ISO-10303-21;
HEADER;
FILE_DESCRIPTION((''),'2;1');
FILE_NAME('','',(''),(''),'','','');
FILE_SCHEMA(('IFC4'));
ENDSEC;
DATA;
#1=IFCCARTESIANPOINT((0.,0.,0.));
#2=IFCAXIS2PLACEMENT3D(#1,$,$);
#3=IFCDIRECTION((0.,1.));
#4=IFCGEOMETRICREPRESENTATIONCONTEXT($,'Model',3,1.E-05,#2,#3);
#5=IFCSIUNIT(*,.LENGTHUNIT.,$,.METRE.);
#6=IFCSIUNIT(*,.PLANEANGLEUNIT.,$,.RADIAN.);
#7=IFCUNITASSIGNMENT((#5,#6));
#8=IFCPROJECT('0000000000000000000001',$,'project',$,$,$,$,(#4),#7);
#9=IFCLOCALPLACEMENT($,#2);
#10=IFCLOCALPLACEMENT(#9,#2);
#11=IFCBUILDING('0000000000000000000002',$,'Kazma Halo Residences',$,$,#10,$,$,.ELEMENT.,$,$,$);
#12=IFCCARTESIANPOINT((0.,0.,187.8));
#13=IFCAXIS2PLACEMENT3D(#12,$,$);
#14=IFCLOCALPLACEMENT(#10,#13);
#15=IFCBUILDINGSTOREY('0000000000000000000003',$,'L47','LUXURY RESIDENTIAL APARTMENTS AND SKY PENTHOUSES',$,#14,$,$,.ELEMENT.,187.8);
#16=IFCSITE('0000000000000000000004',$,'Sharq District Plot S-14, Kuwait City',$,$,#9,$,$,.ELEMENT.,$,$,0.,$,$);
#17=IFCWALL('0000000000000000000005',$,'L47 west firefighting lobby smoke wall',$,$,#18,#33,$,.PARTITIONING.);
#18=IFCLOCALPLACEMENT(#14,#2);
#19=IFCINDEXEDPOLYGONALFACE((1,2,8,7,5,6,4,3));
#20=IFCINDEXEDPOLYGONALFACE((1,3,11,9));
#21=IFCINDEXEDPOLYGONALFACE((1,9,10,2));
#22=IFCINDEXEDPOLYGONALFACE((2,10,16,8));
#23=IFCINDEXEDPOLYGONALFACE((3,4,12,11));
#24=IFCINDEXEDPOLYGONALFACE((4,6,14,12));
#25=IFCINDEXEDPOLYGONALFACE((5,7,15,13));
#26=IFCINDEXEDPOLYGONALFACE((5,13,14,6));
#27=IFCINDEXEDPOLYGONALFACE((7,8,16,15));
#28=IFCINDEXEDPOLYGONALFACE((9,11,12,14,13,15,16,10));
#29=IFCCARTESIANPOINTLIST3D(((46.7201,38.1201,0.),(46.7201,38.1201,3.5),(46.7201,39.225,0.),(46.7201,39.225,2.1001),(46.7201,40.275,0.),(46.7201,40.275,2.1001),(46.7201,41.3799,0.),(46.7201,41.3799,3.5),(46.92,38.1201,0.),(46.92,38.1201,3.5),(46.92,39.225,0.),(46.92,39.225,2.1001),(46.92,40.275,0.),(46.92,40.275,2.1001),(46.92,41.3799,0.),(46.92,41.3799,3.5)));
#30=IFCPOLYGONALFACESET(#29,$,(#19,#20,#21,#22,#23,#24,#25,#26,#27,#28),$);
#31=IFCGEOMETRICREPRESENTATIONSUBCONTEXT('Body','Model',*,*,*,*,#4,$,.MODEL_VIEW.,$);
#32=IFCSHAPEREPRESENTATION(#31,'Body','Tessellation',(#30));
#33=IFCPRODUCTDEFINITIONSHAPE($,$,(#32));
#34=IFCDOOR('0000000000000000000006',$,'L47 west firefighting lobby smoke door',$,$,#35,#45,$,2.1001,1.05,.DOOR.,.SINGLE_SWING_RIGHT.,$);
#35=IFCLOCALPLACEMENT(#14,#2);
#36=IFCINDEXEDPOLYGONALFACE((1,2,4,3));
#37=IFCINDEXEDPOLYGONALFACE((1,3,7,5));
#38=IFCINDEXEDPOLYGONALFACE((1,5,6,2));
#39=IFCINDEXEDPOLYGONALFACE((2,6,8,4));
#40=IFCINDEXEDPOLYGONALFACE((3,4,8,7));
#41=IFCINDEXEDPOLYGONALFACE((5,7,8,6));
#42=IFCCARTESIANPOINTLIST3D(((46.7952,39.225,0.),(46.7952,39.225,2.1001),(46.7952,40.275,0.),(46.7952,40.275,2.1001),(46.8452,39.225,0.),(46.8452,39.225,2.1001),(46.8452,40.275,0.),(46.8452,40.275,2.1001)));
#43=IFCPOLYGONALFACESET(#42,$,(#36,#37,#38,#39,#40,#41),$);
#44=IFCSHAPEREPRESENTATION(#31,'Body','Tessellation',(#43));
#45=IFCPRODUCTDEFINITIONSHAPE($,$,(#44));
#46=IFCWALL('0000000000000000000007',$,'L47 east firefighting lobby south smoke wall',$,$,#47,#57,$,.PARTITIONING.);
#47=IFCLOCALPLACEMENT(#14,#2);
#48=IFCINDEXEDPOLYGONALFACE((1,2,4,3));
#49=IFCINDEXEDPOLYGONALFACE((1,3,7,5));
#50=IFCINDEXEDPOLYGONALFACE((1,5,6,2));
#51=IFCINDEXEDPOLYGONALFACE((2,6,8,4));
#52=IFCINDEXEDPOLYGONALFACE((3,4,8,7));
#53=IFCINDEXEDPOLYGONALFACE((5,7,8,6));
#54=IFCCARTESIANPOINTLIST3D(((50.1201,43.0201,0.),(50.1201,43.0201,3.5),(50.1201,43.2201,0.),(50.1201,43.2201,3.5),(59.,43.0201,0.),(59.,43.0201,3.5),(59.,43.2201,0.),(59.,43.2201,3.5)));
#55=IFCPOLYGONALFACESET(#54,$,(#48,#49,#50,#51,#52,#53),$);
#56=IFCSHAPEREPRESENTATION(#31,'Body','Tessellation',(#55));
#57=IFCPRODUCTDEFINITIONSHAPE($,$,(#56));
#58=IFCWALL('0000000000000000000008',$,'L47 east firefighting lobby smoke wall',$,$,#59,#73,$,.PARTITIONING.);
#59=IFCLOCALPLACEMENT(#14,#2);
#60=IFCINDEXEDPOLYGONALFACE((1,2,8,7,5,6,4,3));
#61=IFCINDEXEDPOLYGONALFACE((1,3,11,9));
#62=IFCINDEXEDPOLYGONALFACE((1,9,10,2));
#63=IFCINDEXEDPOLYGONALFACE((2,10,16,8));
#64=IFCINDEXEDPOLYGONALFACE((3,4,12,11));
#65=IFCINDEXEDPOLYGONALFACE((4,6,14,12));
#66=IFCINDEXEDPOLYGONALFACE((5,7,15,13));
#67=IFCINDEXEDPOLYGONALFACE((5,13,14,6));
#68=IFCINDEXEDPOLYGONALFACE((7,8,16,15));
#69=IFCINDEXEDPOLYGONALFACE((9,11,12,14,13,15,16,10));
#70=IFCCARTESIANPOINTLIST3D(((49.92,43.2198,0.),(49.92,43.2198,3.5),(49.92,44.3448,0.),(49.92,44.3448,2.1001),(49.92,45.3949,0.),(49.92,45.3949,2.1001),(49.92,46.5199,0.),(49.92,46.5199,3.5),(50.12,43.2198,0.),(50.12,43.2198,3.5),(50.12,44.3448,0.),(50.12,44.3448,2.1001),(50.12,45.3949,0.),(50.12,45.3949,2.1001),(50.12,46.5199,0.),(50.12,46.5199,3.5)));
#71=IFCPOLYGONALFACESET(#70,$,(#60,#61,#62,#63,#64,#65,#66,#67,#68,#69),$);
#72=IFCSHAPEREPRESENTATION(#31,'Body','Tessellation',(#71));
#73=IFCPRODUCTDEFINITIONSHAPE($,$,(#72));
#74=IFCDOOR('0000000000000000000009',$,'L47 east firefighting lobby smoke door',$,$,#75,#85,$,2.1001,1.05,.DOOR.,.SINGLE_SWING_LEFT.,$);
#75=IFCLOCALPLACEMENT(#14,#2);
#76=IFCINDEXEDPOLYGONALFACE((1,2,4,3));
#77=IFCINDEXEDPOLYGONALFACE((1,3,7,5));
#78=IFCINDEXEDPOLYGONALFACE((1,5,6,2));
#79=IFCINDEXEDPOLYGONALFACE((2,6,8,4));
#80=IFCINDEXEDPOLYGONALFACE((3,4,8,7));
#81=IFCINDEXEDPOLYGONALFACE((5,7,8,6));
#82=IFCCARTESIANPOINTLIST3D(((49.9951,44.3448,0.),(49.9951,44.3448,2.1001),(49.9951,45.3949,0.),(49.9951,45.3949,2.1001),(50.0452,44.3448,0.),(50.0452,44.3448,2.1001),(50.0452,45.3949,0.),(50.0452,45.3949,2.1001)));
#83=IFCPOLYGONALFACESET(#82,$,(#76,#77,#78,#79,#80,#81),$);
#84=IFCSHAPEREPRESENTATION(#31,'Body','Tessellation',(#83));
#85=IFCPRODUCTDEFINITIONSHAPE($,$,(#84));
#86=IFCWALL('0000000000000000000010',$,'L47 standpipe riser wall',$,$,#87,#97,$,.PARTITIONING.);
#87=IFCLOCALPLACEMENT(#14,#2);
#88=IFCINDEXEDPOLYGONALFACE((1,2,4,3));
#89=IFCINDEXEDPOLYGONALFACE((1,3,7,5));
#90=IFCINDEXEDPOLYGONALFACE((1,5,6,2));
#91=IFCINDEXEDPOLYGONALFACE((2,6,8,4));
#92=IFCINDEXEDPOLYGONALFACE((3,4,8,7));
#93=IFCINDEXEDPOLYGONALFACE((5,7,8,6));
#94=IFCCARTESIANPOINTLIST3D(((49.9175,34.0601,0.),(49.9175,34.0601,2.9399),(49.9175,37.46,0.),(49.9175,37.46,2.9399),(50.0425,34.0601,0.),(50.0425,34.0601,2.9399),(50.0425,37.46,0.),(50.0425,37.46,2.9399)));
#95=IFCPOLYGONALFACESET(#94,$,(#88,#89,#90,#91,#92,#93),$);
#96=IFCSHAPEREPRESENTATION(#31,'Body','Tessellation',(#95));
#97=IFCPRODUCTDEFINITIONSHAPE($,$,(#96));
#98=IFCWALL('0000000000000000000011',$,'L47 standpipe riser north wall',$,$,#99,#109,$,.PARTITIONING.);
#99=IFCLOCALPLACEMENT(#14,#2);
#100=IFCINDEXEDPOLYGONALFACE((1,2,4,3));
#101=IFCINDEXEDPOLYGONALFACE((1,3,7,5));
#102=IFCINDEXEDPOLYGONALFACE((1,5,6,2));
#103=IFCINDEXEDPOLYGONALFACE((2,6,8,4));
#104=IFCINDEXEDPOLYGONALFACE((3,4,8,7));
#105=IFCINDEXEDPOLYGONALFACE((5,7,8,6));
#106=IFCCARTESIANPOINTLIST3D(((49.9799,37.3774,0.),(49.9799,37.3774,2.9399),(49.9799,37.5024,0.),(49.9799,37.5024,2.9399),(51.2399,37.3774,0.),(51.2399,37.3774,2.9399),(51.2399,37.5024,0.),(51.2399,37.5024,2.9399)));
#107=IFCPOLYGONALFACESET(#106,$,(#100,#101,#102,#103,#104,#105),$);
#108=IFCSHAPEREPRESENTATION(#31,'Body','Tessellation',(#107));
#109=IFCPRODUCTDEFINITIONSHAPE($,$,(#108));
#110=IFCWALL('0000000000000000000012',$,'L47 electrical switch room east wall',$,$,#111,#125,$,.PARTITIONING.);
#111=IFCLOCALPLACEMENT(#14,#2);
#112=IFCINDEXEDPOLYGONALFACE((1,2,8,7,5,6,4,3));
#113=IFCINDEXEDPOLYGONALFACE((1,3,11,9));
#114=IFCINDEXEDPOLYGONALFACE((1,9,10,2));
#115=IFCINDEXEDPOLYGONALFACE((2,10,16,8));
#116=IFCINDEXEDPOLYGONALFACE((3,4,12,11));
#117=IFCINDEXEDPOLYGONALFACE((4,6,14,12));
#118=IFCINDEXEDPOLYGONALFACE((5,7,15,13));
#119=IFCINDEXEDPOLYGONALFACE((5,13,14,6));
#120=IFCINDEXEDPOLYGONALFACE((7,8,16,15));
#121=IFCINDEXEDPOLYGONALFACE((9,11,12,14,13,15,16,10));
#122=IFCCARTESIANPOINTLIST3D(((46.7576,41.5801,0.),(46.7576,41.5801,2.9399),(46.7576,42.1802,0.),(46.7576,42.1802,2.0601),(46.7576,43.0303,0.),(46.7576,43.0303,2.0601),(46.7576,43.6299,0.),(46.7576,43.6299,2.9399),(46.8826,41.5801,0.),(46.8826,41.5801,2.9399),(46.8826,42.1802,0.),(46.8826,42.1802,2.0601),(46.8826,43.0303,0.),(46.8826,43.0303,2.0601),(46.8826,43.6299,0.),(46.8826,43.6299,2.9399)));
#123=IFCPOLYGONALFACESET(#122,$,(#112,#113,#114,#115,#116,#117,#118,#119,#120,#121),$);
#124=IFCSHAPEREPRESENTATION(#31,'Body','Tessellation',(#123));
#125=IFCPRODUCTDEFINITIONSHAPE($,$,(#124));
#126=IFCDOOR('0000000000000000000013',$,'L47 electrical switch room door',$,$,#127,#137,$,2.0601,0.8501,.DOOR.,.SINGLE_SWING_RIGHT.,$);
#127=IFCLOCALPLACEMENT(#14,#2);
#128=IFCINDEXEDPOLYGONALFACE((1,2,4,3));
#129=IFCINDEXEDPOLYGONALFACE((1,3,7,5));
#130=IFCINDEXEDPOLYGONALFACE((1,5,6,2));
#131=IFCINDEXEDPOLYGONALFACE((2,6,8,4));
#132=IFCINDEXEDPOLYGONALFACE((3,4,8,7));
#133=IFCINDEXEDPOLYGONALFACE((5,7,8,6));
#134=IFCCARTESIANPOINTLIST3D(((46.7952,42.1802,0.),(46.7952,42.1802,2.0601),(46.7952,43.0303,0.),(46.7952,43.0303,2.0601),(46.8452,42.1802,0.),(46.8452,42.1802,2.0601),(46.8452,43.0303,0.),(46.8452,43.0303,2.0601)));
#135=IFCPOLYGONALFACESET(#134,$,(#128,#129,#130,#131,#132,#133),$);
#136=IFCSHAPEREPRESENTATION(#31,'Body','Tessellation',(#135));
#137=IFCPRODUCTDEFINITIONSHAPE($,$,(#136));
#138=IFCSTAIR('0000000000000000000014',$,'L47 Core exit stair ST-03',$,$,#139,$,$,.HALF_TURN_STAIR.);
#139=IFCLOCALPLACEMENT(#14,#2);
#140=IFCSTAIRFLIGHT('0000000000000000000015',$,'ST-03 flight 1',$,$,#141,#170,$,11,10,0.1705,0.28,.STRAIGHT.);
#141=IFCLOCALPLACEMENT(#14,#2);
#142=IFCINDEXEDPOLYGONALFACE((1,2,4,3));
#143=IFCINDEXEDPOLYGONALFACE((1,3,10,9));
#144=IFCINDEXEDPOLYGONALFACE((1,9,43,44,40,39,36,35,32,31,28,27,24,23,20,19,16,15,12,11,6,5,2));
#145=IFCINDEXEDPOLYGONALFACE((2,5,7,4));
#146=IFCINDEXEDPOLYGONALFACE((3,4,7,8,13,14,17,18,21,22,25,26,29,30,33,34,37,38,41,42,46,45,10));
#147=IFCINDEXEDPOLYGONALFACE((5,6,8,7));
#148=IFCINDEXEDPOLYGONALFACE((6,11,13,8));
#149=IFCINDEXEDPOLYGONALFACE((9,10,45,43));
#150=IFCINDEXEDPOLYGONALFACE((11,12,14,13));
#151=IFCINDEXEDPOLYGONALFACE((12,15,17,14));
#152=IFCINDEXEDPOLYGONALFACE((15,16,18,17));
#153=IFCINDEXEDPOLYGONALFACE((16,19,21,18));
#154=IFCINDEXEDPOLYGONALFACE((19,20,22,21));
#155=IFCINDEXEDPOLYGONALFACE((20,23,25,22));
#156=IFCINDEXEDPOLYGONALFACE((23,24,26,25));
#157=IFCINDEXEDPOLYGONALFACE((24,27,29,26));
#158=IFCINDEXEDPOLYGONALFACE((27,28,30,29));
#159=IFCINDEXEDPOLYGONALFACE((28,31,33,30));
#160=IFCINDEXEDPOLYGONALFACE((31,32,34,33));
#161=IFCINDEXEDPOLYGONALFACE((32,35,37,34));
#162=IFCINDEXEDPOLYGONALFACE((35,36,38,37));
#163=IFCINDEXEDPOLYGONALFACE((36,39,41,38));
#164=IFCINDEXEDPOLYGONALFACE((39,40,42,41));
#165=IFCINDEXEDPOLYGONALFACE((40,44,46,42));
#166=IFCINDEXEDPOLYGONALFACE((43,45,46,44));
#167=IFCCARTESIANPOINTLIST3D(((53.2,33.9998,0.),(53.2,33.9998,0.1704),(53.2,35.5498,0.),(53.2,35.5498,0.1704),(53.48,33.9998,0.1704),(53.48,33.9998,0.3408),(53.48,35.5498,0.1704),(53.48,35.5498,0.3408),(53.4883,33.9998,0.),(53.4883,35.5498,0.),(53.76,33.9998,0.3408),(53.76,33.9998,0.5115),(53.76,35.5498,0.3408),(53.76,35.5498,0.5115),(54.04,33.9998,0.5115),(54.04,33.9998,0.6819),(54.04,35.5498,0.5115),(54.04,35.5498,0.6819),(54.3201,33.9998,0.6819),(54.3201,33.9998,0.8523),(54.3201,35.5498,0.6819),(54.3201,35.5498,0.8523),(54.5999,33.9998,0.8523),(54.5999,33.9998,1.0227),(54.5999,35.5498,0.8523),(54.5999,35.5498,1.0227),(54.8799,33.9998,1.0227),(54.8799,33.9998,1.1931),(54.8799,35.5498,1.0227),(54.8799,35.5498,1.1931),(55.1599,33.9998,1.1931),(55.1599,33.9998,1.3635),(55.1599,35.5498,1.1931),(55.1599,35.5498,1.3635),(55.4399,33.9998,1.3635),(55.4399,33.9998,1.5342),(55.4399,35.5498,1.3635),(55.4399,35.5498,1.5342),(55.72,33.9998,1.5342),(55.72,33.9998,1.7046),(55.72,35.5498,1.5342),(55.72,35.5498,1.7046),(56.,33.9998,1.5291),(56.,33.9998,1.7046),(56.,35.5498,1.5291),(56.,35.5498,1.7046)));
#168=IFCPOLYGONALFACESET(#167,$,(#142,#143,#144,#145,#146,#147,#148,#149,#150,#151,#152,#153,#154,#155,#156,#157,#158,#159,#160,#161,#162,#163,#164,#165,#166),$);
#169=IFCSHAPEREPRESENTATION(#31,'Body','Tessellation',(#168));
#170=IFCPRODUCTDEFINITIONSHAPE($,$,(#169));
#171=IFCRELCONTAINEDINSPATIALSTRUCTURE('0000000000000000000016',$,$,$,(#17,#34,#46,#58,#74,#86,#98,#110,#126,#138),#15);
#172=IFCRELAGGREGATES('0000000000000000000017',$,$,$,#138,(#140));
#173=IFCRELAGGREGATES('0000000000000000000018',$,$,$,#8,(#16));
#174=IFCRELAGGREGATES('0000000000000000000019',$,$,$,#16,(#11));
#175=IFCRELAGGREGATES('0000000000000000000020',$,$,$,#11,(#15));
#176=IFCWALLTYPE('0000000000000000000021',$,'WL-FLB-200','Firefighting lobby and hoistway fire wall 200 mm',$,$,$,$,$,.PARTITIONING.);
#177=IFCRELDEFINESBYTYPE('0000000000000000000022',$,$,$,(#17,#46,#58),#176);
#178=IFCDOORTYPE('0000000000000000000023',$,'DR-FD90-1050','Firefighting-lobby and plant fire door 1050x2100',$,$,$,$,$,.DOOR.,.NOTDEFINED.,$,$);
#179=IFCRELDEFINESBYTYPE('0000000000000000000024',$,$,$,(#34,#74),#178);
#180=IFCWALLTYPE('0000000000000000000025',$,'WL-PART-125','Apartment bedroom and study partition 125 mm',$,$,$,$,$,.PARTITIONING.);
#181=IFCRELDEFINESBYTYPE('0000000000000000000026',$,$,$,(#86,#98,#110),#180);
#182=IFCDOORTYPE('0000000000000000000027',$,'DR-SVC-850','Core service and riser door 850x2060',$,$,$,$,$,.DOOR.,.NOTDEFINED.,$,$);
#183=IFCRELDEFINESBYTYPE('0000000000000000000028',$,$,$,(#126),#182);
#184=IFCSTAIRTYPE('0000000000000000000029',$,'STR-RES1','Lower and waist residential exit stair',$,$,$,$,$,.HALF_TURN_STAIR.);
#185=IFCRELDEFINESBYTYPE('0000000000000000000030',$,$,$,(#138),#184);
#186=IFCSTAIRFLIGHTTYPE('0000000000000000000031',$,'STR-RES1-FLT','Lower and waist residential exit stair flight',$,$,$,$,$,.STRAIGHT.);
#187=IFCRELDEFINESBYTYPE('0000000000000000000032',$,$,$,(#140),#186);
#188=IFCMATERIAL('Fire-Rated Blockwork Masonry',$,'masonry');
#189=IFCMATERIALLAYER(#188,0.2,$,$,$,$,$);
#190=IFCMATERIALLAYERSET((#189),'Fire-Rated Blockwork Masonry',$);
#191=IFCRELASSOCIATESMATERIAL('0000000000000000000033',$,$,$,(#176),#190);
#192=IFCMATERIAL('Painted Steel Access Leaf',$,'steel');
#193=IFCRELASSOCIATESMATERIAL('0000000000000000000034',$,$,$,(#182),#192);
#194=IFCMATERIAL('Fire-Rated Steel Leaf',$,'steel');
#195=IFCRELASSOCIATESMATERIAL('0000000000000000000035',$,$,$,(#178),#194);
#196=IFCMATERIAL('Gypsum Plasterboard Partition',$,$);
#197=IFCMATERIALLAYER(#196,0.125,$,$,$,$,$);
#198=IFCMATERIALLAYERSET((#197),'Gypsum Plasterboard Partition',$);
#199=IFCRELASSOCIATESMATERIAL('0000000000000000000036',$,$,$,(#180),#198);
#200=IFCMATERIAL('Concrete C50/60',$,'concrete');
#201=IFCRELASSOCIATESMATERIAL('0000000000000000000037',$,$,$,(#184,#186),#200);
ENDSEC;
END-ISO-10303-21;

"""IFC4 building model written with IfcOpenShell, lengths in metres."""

from ifc_helpers import new_model, si_unit, direction, frame, frame_2d, origin, place, context, subcontext, project, spatial, polyline, rectangle, outline, extrude, material, layer, layer_set, type_object, element, fill, aggregate, save


model = new_model("IFC4")

# Units and contexts
model_context = context("Model", 3, precision=1e-05, world=origin(), true_north=direction((0.0, 1.0)))
body_context = subcontext(model_context, "Body", "Model", "MODEL_VIEW")
ifc_project = project(units=[si_unit("LENGTHUNIT", "METRE"), si_unit("PLANEANGLEUNIT", "RADIAN")], contexts=[model_context])

# Site, building, storey
site_placement = place(None, origin())
site = spatial("IfcSite", under=ifc_project, at=site_placement, Name="Sharq District Plot S-14, Kuwait City", CompositionType="ELEMENT", RefElevation=0.0)
building_placement = place(site_placement, origin())
building = spatial("IfcBuilding", under=site, at=building_placement, Name="Kazma Halo Residences", CompositionType="ELEMENT")
storey_placement = place(building_placement, frame((0.0, 0.0, 187.8)))
storey = spatial("IfcBuildingStorey", under=building, at=storey_placement, Name="L47", Description="LUXURY RESIDENTIAL APARTMENTS AND SKY PENTHOUSES", CompositionType="ELEMENT", Elevation=187.8)

# Shared definitions
ifc_material_1 = material(Name="Fire-Rated Blockwork Masonry", Category="masonry")
ifc_layer_1 = layer(ifc_material_1, 0.2)
ifc_layer_set_1 = layer_set([ifc_layer_1], Name="Fire-Rated Blockwork Masonry")
wall_type_1 = type_object("IfcWallType", Name="WL-FLB-200", Description="Firefighting lobby and hoistway fire wall 200 mm", PredefinedType="PARTITIONING", material=ifc_layer_set_1)

# Wall, opening, door
ifc_material_2 = material(Name="Painted Steel Access Leaf", Category="steel")
door_type_1 = type_object("IfcDoorType", Name="DR-SVC-850", Description="Core service and riser door 850x2060", OperationType="NOTDEFINED", PredefinedType="DOOR", material=ifc_material_2)
wall_1_placement = place(storey_placement, frame((46.8201, 38.1201, 0.0), z_axis=(0.0, 0.0, 1.0), x_axis=(0.0, 1.0, 0.0)))
wall_1 = element("IfcWall", 1, at=wall_1_placement, inside=storey, type_object=wall_type_1, Name="L47 west firefighting lobby smoke wall", PredefinedType="PARTITIONING", context=body_context, shape_type="SweptSolid", body=[
    extrude(rectangle(XDim=3.2598, YDim=0.2, at=frame_2d((1.6299, 0.0))), origin(), (0.0, 0.0, 1.0), 3.5),
])
opening_1_placement = place(wall_1_placement, frame((1.105, 0.0, 0.0)))
opening_1 = element("IfcOpeningElement", 2, at=opening_1_placement, cuts=wall_1, PredefinedType="OPENING", context=body_context, shape_type="SweptSolid", body=[
    extrude(rectangle(XDim=1.05, YDim=2.1001, at=frame_2d((0.5249, 1.05))), frame((0.0, 0.1099, 0.0), z_axis=(0.0, -1.0, 0.0), x_axis=(1.0, 0.0, 0.0)), (0.0, 0.0, 1.0), 0.22),
])
ifc_material_3 = material(Name="Fire-Rated Steel Leaf", Category="steel")
door_type_2 = type_object("IfcDoorType", Name="DR-FD90-1050", Description="Firefighting-lobby and plant fire door 1050x2100", OperationType="NOTDEFINED", PredefinedType="DOOR", material=ifc_material_3)
door_1_placement = place(opening_1_placement, origin())
door_1 = element("IfcDoor", 3, at=door_1_placement, inside=storey, type_object=door_type_2, Name="L47 west firefighting lobby smoke door", OperationType="SINGLE_SWING_RIGHT", OverallHeight=2.1001, OverallWidth=1.05, PredefinedType="DOOR", context=body_context, shape_type="SweptSolid", body=[
    extrude(rectangle(XDim=1.05, YDim=2.1001, at=frame_2d((0.5249, 1.05))), frame((0.0, 0.0249, 0.0), z_axis=(0.0, -1.0, 0.0), x_axis=(1.0, 0.0, 0.0)), (0.0, 0.0, 1.0), 0.05),
])
fill(opening_1, door_1)

# Wall
wall_2_placement = place(storey_placement, frame((50.1201, 43.1201, 0.0), z_axis=(0.0, 0.0, 1.0), x_axis=(1.0, 0.0, 0.0)))
element("IfcWall", 4, at=wall_2_placement, inside=storey, type_object=wall_type_1, Name="L47 east firefighting lobby south smoke wall", PredefinedType="PARTITIONING", context=body_context, shape_type="SweptSolid", body=[
    extrude(rectangle(XDim=8.8799, YDim=0.2, at=frame_2d((4.4399, 0.0))), origin(), (0.0, 0.0, 1.0), 3.5),
])

# Wall, opening, door
wall_3_placement = place(storey_placement, frame((50.02, 43.22, 0.0), z_axis=(0.0, 0.0, 1.0), x_axis=(0.0, 1.0, 0.0)))
wall_3 = element("IfcWall", 5, at=wall_3_placement, inside=storey, type_object=wall_type_1, Name="L47 east firefighting lobby smoke wall", PredefinedType="PARTITIONING", context=body_context, shape_type="SweptSolid", body=[
    extrude(rectangle(XDim=3.3, YDim=0.2, at=frame_2d((1.6499, 0.0))), origin(), (0.0, 0.0, 1.0), 3.5),
])
opening_2_placement = place(wall_3_placement, frame((1.125, 0.0, 0.0)))
opening_2 = element("IfcOpeningElement", 6, at=opening_2_placement, cuts=wall_3, PredefinedType="OPENING", context=body_context, shape_type="SweptSolid", body=[
    extrude(rectangle(XDim=1.05, YDim=2.1001, at=frame_2d((0.5249, 1.05))), frame((0.0, 0.1099, 0.0), z_axis=(0.0, -1.0, 0.0), x_axis=(1.0, 0.0, 0.0)), (0.0, 0.0, 1.0), 0.22),
])
door_2_placement = place(opening_2_placement, origin())
door_2 = element("IfcDoor", 7, at=door_2_placement, inside=storey, type_object=door_type_2, Name="L47 east firefighting lobby smoke door", OperationType="SINGLE_SWING_LEFT", OverallHeight=2.1001, OverallWidth=1.05, PredefinedType="DOOR", context=body_context, shape_type="SweptSolid", body=[
    extrude(rectangle(XDim=1.05, YDim=2.1001, at=frame_2d((0.5249, 1.05))), frame((0.0, 0.0249, 0.0), z_axis=(0.0, -1.0, 0.0), x_axis=(1.0, 0.0, 0.0)), (0.0, 0.0, 1.0), 0.05),
])
fill(opening_2, door_2)

# Walls
ifc_material_4 = material(Name="Gypsum Plasterboard Partition")
ifc_layer_2 = layer(ifc_material_4, 0.125)
ifc_layer_set_2 = layer_set([ifc_layer_2], Name="Gypsum Plasterboard Partition")
wall_type_2 = type_object("IfcWallType", Name="WL-PART-125", Description="Apartment bedroom and study partition 125 mm", PredefinedType="PARTITIONING", material=ifc_layer_set_2)
wall_4_placement = place(storey_placement, frame((49.98, 34.0601, 0.0), z_axis=(0.0, 0.0, 1.0), x_axis=(0.0, 1.0, 0.0)))
element("IfcWall", 8, at=wall_4_placement, inside=storey, type_object=wall_type_2, Name="L47 standpipe riser wall", PredefinedType="PARTITIONING", context=body_context, shape_type="SweptSolid", body=[
    extrude(rectangle(XDim=3.3999, YDim=0.125, at=frame_2d((1.7, 0.0))), origin(), (0.0, 0.0, 1.0), 2.9399),
])
wall_5_placement = place(storey_placement, frame((49.98, 37.4399, 0.0), z_axis=(0.0, 0.0, 1.0), x_axis=(1.0, 0.0, 0.0)))
element("IfcWall", 9, at=wall_5_placement, inside=storey, type_object=wall_type_2, Name="L47 standpipe riser north wall", PredefinedType="PARTITIONING", context=body_context, shape_type="SweptSolid", body=[
    extrude(rectangle(XDim=1.26, YDim=0.125, at=frame_2d((0.6299, 0.0))), origin(), (0.0, 0.0, 1.0), 2.9399),
])

# Wall, opening, door
wall_6_placement = place(storey_placement, frame((46.8201, 41.5801, 0.0), z_axis=(0.0, 0.0, 1.0), x_axis=(0.0, 1.0, 0.0)))
wall_6 = element("IfcWall", 10, at=wall_6_placement, inside=storey, type_object=wall_type_2, Name="L47 electrical switch room east wall", PredefinedType="PARTITIONING", context=body_context, shape_type="SweptSolid", body=[
    extrude(rectangle(XDim=2.0498, YDim=0.125, at=frame_2d((1.0249, 0.0))), origin(), (0.0, 0.0, 1.0), 2.9399),
])
opening_3_placement = place(wall_6_placement, frame((0.6001, 0.0, 0.0)))
opening_3 = element("IfcOpeningElement", 11, at=opening_3_placement, cuts=wall_6, PredefinedType="OPENING", context=body_context, shape_type="SweptSolid", body=[
    extrude(rectangle(XDim=0.8501, YDim=2.0601, at=frame_2d((0.425, 1.03))), frame((0.0, 0.0725, 0.0), z_axis=(0.0, -1.0, 0.0), x_axis=(1.0, 0.0, 0.0)), (0.0, 0.0, 1.0), 0.145),
])
door_3_placement = place(opening_3_placement, origin())
door_3 = element("IfcDoor", 12, at=door_3_placement, inside=storey, type_object=door_type_1, Name="L47 electrical switch room door", OperationType="SINGLE_SWING_RIGHT", OverallHeight=2.0601, OverallWidth=0.8501, PredefinedType="DOOR", context=body_context, shape_type="SweptSolid", body=[
    extrude(rectangle(XDim=0.8501, YDim=2.0601, at=frame_2d((0.425, 1.03))), frame((0.0, 0.0249, 0.0), z_axis=(0.0, -1.0, 0.0), x_axis=(1.0, 0.0, 0.0)), (0.0, 0.0, 1.0), 0.05),
])
fill(opening_3, door_3)
ifc_material_5 = material(Name="Concrete C50/60", Category="concrete")

# Stair, stair flight
stair_type = type_object("IfcStairType", Name="STR-RES1", Description="Lower and waist residential exit stair", PredefinedType="HALF_TURN_STAIR", material=ifc_material_5)
stair_placement = place(storey_placement, origin())
stair = element("IfcStair", 13, at=stair_placement, inside=storey, type_object=stair_type, Name="L47 Core exit stair ST-03", PredefinedType="HALF_TURN_STAIR")
stair_flight_type = type_object("IfcStairFlightType", Name="STR-RES1-FLT", Description="Lower and waist residential exit stair flight", PredefinedType="STRAIGHT", material=ifc_material_5)
stair_flight_1_placement = place(storey_placement, frame((53.2, 34.7749, 0.0), z_axis=(0.0, 0.0, 1.0), x_axis=(1.0, 0.0, 0.0)))
stair_flight_1 = element("IfcStairFlight", 14, at=stair_flight_1_placement, type_object=stair_flight_type, Name="ST-03 flight 1", NumberOfRisers=11, NumberOfTreads=10, PredefinedType="STRAIGHT", RiserHeight=0.1705, TreadLength=0.28, context=body_context, shape_type="SweptSolid", body=[
    extrude(outline(polyline([(0.0, 0.0), (0.0, 0.1704), (0.28, 0.1704), (0.28, 0.3408), (0.5601, 0.3408), (0.5601, 0.5115), (0.8401, 0.5115), (0.8401, 0.6819), (1.1201, 0.6819), (1.1201, 0.8523), (1.3999, 0.8523), (1.3999, 1.0227), (1.6799, 1.0227), (1.6799, 1.1931), (1.96, 1.1931), (1.96, 1.3635), (2.24, 1.3635), (2.24, 1.5342), (2.52, 1.5342), (2.52, 1.7046), (2.8, 1.7046), (2.8, 1.875), (2.8, 1.5291), (0.2883, 0.0), (0.0, 0.0)])), frame((0.0, 0.7749, 0.0), z_axis=(0.0, -1.0, 0.0), x_axis=(1.0, 0.0, 0.0)), (0.0, 0.0, 1.0), 1.55),
])
aggregate(stair, [stair_flight_1])

save(model, "model.ifc")
